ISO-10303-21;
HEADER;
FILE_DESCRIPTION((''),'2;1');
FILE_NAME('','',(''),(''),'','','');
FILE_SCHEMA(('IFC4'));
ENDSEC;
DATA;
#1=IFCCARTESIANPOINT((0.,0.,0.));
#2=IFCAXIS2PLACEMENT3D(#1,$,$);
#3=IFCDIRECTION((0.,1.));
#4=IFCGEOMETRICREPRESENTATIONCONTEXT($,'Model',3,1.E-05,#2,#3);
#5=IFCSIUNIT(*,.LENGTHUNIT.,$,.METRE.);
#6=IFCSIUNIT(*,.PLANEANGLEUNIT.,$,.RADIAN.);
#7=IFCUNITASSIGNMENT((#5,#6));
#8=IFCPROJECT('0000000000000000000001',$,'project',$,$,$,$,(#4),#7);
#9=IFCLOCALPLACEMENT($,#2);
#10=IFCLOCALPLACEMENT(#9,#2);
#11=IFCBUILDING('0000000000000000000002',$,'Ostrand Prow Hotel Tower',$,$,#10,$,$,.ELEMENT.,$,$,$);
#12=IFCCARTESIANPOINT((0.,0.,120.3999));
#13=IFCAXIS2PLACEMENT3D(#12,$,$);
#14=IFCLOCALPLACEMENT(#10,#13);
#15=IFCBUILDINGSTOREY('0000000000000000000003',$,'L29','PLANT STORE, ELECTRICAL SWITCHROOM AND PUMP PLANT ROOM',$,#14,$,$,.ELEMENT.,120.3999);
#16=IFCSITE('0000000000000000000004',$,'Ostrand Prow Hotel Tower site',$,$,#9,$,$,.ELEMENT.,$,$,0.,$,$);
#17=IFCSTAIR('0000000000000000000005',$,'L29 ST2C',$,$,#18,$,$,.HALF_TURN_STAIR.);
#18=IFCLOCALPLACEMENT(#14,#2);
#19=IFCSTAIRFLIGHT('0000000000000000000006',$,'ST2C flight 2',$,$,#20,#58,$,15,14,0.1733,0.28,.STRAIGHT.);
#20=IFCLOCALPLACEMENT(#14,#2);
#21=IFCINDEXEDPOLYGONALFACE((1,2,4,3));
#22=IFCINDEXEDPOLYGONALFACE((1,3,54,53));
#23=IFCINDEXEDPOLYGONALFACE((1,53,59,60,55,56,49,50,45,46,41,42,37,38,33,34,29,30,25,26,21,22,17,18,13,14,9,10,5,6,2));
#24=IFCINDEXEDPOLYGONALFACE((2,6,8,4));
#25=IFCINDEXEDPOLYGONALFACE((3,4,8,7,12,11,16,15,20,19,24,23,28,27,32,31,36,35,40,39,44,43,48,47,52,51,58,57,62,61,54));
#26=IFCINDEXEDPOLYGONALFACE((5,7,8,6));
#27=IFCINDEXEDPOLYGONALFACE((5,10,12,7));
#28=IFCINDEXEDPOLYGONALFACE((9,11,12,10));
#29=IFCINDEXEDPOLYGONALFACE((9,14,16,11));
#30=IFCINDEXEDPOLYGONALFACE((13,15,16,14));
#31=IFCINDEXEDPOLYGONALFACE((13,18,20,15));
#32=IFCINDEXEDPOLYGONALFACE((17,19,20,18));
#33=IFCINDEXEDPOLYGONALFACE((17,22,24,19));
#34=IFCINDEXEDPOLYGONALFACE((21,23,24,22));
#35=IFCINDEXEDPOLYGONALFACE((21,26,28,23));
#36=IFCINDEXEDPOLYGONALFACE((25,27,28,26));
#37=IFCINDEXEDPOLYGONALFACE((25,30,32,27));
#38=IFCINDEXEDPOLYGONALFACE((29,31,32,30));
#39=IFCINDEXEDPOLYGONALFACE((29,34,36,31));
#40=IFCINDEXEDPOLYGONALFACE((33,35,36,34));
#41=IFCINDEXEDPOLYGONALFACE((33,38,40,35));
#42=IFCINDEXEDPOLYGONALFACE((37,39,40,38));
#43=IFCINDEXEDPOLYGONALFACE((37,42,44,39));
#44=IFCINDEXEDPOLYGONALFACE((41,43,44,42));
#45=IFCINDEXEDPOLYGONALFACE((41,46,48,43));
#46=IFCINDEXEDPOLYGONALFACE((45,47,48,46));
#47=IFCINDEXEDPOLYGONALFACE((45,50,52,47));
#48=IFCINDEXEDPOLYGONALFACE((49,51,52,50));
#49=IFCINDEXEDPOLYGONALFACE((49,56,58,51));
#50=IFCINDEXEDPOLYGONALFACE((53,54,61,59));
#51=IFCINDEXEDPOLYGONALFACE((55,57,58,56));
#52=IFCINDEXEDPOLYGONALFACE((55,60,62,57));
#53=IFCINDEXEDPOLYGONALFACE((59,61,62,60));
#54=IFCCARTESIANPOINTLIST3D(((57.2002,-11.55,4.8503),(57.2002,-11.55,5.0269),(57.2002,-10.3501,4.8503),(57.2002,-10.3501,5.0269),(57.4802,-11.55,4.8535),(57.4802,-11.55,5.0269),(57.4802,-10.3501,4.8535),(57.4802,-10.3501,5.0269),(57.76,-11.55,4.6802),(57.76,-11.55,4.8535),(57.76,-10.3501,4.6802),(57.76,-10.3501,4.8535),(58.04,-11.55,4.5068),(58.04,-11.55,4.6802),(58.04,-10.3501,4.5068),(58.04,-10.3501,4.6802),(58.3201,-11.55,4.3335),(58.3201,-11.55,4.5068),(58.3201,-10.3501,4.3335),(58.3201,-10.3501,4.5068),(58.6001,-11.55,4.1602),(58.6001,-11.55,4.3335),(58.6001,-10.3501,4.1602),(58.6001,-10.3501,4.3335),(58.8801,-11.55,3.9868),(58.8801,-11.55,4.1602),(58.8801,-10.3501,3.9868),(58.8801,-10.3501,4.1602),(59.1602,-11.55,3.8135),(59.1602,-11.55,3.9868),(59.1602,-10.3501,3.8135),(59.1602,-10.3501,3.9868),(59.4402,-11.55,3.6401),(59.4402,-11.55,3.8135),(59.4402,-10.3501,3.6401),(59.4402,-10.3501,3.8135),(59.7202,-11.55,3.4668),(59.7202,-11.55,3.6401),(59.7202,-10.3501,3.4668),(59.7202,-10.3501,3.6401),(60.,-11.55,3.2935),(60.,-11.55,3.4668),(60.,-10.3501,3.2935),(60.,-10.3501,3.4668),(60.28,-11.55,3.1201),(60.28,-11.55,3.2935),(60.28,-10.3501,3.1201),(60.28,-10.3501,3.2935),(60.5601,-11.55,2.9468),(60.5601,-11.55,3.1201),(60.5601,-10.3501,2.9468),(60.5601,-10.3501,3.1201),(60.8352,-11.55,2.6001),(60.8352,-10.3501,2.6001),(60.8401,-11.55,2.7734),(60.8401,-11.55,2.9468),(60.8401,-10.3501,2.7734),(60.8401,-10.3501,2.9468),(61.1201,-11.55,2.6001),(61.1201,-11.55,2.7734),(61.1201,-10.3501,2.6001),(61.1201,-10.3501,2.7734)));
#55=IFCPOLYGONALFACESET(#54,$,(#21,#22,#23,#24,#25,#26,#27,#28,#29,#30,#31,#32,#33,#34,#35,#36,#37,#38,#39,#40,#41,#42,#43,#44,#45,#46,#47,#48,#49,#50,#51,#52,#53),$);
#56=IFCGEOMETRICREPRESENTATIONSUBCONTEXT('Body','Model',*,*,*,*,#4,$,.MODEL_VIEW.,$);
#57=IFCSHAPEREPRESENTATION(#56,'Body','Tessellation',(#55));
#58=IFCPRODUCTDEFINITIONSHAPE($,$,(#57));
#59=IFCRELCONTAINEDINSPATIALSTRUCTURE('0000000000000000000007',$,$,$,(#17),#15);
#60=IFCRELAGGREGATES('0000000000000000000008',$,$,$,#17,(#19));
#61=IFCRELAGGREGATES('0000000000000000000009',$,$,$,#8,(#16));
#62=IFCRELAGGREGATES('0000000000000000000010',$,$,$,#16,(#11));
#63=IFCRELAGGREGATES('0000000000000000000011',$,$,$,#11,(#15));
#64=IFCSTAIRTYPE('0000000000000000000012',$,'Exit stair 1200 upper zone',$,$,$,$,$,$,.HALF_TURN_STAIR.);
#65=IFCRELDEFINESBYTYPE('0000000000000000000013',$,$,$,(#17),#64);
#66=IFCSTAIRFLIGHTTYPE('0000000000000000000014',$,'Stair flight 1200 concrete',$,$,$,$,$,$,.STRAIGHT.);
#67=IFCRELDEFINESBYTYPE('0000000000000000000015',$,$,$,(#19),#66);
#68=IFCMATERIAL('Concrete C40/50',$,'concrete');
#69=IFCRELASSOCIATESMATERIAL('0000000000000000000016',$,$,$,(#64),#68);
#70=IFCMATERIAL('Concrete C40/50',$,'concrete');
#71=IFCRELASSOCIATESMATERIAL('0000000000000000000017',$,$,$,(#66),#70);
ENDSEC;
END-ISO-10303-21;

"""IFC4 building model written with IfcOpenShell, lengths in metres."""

from ifc_helpers import new_model, si_unit, direction, frame, origin, place, context, subcontext, project, spatial, polyline, outline, extrude, material, type_object, element, aggregate, save


model = new_model("IFC4")

# Units and contexts
model_context = context("Model", 3, precision=1e-05, world=origin(), true_north=direction((0.0, 1.0)))
body_context = subcontext(model_context, "Body", "Model", "MODEL_VIEW")
ifc_project = project(units=[si_unit("LENGTHUNIT", "METRE"), si_unit("PLANEANGLEUNIT", "RADIAN")], contexts=[model_context])

# Site, building, storey
site_placement = place(None, origin())
site = spatial("IfcSite", under=ifc_project, at=site_placement, Name="Ostrand Prow Hotel Tower site", CompositionType="ELEMENT", RefElevation=0.0)
building_placement = place(site_placement, origin())
building = spatial("IfcBuilding", under=site, at=building_placement, Name="Ostrand Prow Hotel Tower", CompositionType="ELEMENT")
storey_placement = place(building_placement, frame((0.0, 0.0, 120.3999)))
storey = spatial("IfcBuildingStorey", under=building, at=storey_placement, Name="L29", Description="PLANT STORE, ELECTRICAL SWITCHROOM AND PUMP PLANT ROOM", CompositionType="ELEMENT", Elevation=120.3999)

# Stair, stair flight
ifc_material_1 = material(Name="Concrete C40/50", Category="concrete")
stair_type = type_object("IfcStairType", Name="Exit stair 1200 upper zone", PredefinedType="HALF_TURN_STAIR", material=ifc_material_1)
stair_placement = place(storey_placement, origin())
stair = element("IfcStair", 1, at=stair_placement, inside=storey, type_object=stair_type, Name="L29 ST2C", PredefinedType="HALF_TURN_STAIR")
ifc_material_2 = material(Name="Concrete C40/50", Category="concrete")
stair_flight_type = type_object("IfcStairFlightType", Name="Stair flight 1200 concrete", PredefinedType="STRAIGHT", material=ifc_material_2)
stair_flight_placement = place(storey_placement, frame((61.1201, -10.95, 2.6001), z_axis=(0.0, 0.0, 1.0), x_axis=(-1.0, 0.0, 0.0)))
stair_flight = element("IfcStairFlight", 2, at=stair_flight_placement, type_object=stair_flight_type, Name="ST2C flight 2", NumberOfRisers=15, NumberOfTreads=14, PredefinedType="STRAIGHT", RiserHeight=0.1733, TreadLength=0.28, context=body_context, shape_type="SweptSolid", body=[
    extrude(outline(polyline([(0.0, 0.0), (0.0, 0.1733), (0.28, 0.1733), (0.28, 0.3467), (0.5601, 0.3467), (0.5601, 0.52), (0.8401, 0.52), (0.8401, 0.6934), (1.1201, 0.6934), (1.1201, 0.8667), (1.3999, 0.8667), (1.3999, 1.04), (1.6799, 1.04), (1.6799, 1.2134), (1.96, 1.2134), (1.96, 1.3867), (2.24, 1.3867), (2.24, 1.5601), (2.52, 1.5601), (2.52, 1.7334), (2.8, 1.7334), (2.8, 1.9067), (3.0801, 1.9067), (3.0801, 2.0801), (3.3601, 2.0801), (3.3601, 2.2534), (3.6399, 2.2534), (3.6399, 2.4268), (3.9199, 2.4268), (3.9199, 2.6001), (3.9199, 2.2502), (0.2849, 0.0), (0.0, 0.0)])), frame((0.0, 0.6001, 0.0), z_axis=(0.0, -1.0, 0.0), x_axis=(1.0, 0.0, 0.0)), (0.0, 0.0, 1.0), 1.2),
])
aggregate(stair, [stair_flight])

save(model, "model.ifc")
